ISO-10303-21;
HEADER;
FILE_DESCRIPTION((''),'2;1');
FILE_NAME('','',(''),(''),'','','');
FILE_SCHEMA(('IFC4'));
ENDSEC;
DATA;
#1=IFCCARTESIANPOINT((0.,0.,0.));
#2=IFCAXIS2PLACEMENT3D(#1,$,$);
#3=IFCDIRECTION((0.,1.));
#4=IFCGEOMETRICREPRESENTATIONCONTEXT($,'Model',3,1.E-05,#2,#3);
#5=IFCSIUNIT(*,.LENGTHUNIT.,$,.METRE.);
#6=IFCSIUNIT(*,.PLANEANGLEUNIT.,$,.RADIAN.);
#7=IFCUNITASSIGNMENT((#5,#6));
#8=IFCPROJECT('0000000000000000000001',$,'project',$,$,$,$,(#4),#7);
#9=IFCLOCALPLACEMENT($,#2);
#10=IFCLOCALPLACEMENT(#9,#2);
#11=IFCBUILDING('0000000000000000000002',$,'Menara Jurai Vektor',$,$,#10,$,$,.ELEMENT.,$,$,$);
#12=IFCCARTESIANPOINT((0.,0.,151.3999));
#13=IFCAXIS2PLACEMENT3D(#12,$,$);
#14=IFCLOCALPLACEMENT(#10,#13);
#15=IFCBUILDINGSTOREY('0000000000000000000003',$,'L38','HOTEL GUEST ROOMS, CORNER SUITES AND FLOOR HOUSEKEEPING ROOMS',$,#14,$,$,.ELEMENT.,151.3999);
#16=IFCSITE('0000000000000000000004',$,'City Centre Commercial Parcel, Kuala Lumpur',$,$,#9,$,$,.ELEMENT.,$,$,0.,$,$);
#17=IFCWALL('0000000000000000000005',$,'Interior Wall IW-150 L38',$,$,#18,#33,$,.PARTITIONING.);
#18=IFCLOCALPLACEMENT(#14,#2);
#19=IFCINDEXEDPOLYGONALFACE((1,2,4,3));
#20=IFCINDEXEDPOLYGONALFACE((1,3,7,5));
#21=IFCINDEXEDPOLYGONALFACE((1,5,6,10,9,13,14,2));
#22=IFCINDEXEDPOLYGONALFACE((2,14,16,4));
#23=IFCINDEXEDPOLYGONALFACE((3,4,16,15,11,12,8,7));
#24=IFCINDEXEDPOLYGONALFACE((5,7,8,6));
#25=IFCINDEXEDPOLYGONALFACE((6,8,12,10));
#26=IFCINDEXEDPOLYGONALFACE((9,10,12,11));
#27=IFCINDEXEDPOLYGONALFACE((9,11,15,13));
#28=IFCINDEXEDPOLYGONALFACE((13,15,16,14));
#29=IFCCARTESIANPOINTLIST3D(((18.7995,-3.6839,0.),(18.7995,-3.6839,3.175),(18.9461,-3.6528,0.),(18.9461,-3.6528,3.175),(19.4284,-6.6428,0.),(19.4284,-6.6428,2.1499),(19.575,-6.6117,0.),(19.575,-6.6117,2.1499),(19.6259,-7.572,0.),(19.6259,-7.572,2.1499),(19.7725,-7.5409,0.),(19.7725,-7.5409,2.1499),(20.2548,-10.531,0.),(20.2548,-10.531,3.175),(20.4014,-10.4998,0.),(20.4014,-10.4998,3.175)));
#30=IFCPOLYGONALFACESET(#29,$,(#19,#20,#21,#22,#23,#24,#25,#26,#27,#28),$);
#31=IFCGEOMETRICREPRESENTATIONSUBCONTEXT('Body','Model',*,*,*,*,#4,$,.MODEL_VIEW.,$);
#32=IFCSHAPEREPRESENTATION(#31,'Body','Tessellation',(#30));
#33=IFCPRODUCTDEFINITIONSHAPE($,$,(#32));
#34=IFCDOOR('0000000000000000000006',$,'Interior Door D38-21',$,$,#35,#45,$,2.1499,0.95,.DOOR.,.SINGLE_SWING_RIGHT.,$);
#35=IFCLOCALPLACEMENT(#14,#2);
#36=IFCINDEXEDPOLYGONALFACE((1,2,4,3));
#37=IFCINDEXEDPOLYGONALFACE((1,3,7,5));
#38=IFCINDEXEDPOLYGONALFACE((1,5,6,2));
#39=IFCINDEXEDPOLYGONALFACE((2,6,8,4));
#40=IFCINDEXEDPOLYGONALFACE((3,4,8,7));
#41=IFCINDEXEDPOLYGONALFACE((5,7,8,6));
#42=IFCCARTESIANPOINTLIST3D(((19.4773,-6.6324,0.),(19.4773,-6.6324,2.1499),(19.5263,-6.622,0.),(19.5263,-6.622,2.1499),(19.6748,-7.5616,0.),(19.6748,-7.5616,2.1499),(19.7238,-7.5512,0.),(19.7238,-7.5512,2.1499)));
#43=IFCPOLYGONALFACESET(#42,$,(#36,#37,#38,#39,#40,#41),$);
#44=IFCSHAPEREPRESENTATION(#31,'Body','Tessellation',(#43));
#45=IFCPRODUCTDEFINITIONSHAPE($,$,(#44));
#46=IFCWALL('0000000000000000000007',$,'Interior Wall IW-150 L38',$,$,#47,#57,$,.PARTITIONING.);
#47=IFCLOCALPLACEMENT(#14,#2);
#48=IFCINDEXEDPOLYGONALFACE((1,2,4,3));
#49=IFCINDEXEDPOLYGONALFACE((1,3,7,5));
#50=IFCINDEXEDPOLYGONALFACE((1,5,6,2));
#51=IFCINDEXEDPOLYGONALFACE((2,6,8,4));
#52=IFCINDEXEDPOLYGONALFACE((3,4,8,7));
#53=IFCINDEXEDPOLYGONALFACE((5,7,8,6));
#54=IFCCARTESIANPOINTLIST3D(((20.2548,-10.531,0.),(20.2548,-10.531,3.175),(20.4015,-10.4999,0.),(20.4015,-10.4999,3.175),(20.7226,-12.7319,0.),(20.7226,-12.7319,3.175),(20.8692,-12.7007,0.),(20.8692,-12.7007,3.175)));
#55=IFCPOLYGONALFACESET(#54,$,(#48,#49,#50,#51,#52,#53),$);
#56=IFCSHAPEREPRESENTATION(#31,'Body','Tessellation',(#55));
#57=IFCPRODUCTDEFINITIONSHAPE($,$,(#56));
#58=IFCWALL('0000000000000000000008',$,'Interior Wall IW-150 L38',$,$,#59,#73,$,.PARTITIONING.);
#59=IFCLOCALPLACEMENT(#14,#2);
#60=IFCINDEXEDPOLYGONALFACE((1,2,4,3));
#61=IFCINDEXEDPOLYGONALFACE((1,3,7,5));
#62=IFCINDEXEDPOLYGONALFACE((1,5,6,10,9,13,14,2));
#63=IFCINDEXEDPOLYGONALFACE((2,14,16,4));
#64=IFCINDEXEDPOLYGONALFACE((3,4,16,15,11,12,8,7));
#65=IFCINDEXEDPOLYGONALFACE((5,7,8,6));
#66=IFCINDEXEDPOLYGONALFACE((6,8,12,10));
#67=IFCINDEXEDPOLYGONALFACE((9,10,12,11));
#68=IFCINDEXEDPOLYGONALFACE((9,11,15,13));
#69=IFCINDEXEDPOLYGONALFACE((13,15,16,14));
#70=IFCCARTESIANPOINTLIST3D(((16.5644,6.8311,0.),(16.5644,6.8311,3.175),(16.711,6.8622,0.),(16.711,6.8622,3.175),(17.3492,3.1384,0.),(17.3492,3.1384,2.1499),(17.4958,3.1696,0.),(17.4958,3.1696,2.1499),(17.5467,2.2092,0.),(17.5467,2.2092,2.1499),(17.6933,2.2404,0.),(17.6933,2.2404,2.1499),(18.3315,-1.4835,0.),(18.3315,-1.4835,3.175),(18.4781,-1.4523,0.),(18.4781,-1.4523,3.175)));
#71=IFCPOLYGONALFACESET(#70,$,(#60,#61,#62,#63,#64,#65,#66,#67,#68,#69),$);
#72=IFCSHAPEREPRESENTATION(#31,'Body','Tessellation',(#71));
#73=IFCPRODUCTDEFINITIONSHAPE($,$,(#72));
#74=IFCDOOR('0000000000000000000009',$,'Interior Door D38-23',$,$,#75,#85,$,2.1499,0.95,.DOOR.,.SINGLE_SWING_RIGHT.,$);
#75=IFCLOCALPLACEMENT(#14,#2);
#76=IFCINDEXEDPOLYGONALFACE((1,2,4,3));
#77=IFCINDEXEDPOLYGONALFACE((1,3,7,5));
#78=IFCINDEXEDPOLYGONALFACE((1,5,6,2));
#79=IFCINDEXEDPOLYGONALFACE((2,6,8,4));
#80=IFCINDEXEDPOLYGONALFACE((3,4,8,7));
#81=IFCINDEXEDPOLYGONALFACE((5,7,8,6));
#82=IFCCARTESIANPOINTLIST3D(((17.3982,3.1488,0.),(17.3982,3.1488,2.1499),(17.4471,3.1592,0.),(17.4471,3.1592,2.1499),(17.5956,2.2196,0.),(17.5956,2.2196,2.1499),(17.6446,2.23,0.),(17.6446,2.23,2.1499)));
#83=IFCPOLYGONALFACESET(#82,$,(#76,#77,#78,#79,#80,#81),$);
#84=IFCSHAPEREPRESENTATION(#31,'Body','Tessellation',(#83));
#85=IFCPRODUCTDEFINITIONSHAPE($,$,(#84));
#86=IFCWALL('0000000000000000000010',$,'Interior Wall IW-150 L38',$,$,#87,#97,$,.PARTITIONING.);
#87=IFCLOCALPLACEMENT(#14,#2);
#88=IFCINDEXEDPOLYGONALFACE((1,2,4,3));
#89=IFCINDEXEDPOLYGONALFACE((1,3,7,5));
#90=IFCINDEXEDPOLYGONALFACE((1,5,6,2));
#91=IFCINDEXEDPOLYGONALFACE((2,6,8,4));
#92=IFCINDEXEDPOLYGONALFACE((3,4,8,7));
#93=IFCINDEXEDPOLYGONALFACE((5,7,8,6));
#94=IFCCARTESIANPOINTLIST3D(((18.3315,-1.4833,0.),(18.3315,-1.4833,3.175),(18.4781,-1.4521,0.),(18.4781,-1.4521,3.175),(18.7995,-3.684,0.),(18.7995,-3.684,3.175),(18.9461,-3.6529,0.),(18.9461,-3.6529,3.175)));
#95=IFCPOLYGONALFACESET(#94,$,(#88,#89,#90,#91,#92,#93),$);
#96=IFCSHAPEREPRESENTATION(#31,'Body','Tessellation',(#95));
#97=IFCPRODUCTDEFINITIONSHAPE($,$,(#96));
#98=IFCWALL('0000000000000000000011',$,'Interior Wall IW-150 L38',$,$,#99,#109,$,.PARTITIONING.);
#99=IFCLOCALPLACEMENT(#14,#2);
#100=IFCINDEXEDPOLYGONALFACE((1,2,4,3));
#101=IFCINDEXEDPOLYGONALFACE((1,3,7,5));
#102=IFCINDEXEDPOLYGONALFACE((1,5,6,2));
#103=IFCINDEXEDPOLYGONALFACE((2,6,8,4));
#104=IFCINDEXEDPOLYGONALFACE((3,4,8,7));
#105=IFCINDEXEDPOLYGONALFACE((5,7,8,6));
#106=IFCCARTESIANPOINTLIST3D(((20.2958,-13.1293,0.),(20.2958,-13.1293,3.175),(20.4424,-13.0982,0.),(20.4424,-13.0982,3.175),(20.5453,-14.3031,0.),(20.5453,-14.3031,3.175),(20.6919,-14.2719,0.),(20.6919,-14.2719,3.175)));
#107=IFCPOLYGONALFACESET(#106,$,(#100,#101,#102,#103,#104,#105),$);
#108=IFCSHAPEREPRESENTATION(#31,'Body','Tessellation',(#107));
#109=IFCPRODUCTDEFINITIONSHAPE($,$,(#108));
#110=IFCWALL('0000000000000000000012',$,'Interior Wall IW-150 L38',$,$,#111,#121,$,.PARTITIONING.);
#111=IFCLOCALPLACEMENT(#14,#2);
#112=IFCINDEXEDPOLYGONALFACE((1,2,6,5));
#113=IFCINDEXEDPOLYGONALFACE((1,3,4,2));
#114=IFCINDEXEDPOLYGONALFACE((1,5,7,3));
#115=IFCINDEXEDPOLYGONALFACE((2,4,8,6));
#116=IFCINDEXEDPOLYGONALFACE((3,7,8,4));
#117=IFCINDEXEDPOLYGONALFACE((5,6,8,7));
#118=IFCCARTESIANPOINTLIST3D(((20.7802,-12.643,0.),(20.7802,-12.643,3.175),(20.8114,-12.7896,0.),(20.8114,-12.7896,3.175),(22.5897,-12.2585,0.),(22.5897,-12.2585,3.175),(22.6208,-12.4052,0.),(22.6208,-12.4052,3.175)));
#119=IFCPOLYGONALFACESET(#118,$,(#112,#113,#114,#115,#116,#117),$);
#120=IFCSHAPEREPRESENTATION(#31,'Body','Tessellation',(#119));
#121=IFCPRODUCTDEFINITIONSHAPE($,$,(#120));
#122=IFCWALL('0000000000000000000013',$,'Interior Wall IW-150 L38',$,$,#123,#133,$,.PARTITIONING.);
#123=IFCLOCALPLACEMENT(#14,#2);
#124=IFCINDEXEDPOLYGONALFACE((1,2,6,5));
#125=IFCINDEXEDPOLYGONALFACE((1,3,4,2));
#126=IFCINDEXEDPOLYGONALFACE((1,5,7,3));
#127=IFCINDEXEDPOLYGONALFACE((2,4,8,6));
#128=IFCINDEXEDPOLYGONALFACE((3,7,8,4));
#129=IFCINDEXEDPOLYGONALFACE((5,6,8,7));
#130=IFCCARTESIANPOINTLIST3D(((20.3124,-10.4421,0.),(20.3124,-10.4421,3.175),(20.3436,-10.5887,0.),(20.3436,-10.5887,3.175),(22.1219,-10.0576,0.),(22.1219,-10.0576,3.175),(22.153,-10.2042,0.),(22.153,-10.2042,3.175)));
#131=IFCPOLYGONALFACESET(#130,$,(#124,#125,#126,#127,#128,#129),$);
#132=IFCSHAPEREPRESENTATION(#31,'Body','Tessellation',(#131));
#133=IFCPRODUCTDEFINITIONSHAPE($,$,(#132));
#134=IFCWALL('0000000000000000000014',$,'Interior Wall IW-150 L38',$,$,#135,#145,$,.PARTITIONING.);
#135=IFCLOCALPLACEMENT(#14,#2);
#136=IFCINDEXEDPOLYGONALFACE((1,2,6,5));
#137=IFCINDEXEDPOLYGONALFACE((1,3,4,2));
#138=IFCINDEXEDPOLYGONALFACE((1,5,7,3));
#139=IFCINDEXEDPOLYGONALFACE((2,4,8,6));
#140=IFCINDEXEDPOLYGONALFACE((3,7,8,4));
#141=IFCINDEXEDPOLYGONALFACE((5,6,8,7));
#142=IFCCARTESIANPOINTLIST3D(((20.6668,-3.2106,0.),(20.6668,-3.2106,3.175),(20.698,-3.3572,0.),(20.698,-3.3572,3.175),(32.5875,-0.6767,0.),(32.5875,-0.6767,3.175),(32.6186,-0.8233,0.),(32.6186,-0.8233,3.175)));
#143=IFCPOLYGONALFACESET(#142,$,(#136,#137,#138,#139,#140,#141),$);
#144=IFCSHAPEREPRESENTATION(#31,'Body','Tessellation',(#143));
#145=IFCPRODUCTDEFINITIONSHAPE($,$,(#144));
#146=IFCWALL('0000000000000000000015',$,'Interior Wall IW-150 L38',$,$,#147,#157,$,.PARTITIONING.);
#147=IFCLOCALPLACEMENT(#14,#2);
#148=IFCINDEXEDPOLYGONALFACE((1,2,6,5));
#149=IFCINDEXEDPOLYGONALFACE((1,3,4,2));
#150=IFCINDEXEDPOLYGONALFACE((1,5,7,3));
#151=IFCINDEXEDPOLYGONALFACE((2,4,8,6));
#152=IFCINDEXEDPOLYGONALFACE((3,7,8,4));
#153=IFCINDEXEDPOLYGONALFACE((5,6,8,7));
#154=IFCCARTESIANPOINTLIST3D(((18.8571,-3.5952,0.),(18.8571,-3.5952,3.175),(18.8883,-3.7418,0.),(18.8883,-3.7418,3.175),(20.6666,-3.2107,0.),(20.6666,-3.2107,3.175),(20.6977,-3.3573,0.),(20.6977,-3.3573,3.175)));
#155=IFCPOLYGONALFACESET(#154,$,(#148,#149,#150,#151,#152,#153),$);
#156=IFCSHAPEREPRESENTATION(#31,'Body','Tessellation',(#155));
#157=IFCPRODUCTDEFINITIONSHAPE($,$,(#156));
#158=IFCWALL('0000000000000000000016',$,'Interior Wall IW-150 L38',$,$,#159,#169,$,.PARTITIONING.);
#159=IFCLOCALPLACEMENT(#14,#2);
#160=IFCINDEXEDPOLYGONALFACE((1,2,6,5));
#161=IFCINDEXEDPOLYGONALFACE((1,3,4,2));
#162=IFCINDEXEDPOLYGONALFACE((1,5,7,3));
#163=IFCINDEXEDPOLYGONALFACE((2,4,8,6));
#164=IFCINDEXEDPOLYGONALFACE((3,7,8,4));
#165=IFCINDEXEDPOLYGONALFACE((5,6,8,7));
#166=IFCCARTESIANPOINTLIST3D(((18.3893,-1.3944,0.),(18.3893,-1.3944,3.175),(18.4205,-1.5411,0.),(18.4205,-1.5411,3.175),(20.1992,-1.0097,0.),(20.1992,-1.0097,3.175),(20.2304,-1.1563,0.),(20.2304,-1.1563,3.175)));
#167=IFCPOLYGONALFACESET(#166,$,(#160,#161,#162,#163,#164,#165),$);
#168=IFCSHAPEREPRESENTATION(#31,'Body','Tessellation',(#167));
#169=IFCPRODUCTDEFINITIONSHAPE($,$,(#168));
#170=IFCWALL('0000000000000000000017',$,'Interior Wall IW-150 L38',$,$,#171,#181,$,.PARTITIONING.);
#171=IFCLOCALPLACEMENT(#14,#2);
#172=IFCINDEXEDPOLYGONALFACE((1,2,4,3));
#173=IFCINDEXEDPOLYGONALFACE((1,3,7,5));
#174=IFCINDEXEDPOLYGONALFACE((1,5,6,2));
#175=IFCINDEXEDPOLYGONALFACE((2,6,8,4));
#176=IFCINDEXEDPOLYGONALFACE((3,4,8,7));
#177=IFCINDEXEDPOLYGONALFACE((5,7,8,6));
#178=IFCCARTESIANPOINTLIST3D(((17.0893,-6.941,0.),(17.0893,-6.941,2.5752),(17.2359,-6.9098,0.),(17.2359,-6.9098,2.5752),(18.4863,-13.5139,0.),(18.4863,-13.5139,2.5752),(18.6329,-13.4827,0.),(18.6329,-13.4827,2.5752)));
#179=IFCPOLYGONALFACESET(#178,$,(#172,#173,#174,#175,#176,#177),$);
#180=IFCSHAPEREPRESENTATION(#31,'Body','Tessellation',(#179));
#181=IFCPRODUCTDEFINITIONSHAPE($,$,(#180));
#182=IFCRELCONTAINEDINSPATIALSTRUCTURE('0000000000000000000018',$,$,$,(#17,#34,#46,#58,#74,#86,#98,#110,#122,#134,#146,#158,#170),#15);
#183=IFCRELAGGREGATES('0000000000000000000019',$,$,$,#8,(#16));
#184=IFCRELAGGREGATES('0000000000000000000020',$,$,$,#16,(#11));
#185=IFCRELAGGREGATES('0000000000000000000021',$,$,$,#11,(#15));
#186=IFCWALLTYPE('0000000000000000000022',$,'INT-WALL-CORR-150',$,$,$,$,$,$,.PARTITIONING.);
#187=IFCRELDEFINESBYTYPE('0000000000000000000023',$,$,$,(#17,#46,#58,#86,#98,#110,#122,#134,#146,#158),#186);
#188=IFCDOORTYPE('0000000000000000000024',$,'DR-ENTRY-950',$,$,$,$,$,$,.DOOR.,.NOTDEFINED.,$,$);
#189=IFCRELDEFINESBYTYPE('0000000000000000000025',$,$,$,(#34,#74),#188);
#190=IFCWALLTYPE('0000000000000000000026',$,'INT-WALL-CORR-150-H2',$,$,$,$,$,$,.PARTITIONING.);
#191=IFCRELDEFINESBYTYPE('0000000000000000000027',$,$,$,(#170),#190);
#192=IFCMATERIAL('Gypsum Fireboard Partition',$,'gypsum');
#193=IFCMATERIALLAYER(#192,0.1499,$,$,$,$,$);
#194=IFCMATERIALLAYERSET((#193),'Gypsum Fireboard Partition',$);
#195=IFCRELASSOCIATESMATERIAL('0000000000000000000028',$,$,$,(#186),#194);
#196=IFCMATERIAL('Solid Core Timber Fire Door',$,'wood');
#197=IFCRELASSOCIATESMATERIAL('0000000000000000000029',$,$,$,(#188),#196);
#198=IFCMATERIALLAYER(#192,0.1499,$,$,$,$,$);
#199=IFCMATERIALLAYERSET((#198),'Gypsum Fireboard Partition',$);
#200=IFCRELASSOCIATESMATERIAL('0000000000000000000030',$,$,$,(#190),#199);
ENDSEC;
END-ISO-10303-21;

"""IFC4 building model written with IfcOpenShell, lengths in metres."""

from ifc_helpers import new_model, si_unit, direction, frame, frame_2d, origin, place, context, subcontext, project, spatial, rectangle, extrude, material, layer, layer_set, type_object, element, fill, save


model = new_model("IFC4")

# Units and contexts
model_context = context("Model", 3, precision=1e-05, world=origin(), true_north=direction((0.0, 1.0)))
body_context = subcontext(model_context, "Body", "Model", "MODEL_VIEW")
ifc_project = project(units=[si_unit("LENGTHUNIT", "METRE"), si_unit("PLANEANGLEUNIT", "RADIAN")], contexts=[model_context])

# Site, building, storey
site_placement = place(None, origin())
site = spatial("IfcSite", under=ifc_project, at=site_placement, Name="City Centre Commercial Parcel, Kuala Lumpur", CompositionType="ELEMENT", RefElevation=0.0)
building_placement = place(site_placement, origin())
building = spatial("IfcBuilding", under=site, at=building_placement, Name="Menara Jurai Vektor", CompositionType="ELEMENT")
storey_placement = place(building_placement, frame((0.0, 0.0, 151.3999)))
storey = spatial("IfcBuildingStorey", under=building, at=storey_placement, Name="L38", Description="HOTEL GUEST ROOMS, CORNER SUITES AND FLOOR HOUSEKEEPING ROOMS", CompositionType="ELEMENT", Elevation=151.3999)

# Shared definitions
ifc_material_1 = material(Name="Gypsum Fireboard Partition", Category="gypsum")
ifc_layer_1 = layer(ifc_material_1, 0.1499)
ifc_layer_set_1 = layer_set([ifc_layer_1], Name="Gypsum Fireboard Partition")
wall_type_1 = type_object("IfcWallType", Name="INT-WALL-CORR-150", PredefinedType="PARTITIONING", material=ifc_layer_set_1)

# Wall, opening, door
wall_1_placement = place(storey_placement, frame((20.3281, -10.5154, 0.0), z_axis=(0.0, 0.0, 1.0), x_axis=(-0.207907, 0.978149, 0.0)))
wall_1 = element("IfcWall", 1, at=wall_1_placement, inside=storey, type_object=wall_type_1, Name="Interior Wall IW-150 L38", PredefinedType="PARTITIONING", context=body_context, shape_type="SweptSolid", body=[
    extrude(rectangle(XDim=7.0, YDim=0.1499, at=frame_2d((3.5, 0.0))), origin(), (0.0, 0.0, 1.0), 3.175),
])
opening_1_placement = place(wall_1_placement, frame((3.0249, 0.0, 0.0)))
opening_1 = element("IfcOpeningElement", 2, at=opening_1_placement, cuts=wall_1, PredefinedType="OPENING", context=body_context, shape_type="SweptSolid", body=[
    extrude(rectangle(XDim=0.95, YDim=2.1499, at=frame_2d((0.4751, 1.075))), frame((0.0, 0.085, 0.0), z_axis=(0.0, -1.0, 0.0), x_axis=(1.0, 0.0, 0.0)), (0.0, 0.0, 1.0), 0.1699),
])
ifc_material_2 = material(Name="Solid Core Timber Fire Door", Category="wood")
door_type_1 = type_object("IfcDoorType", Name="DR-ENTRY-950", OperationType="NOTDEFINED", PredefinedType="DOOR", material=ifc_material_2)
door_1_placement = place(opening_1_placement, origin())
door_1 = element("IfcDoor", 3, at=door_1_placement, inside=storey, type_object=door_type_1, Name="Interior Door D38-21", OperationType="SINGLE_SWING_RIGHT", OverallHeight=2.1499, OverallWidth=0.95, PredefinedType="DOOR", context=body_context, shape_type="SweptSolid", body=[
    extrude(rectangle(XDim=0.95, YDim=2.1499, at=frame_2d((0.4751, 1.075))), frame((0.0, 0.0249, 0.0), z_axis=(0.0, -1.0, 0.0), x_axis=(1.0, 0.0, 0.0)), (0.0, 0.0, 1.0), 0.05),
])
fill(opening_1, door_1)

# Wall
wall_2_placement = place(storey_placement, frame((20.7959, -12.7163, 0.0), z_axis=(0.0, 0.0, 1.0), x_axis=(-0.207891, 0.978152, 0.0)))
element("IfcWall", 4, at=wall_2_placement, inside=storey, type_object=wall_type_1, Name="Interior Wall IW-150 L38", PredefinedType="PARTITIONING", context=body_context, shape_type="SweptSolid", body=[
    extrude(rectangle(XDim=2.25, YDim=0.1499, at=frame_2d((1.125, 0.0))), origin(), (0.0, 0.0, 1.0), 3.175),
])

# Wall, opening, door
wall_3_placement = place(storey_placement, frame((18.4048, -1.4678, 0.0), z_axis=(0.0, 0.0, 1.0), x_axis=(-0.207889, 0.978152, 0.0)))
wall_3 = element("IfcWall", 5, at=wall_3_placement, inside=storey, type_object=wall_type_1, Name="Interior Wall IW-150 L38", PredefinedType="PARTITIONING", context=body_context, shape_type="SweptSolid", body=[
    extrude(rectangle(XDim=8.5002, YDim=0.1499, at=frame_2d((4.25, 0.0))), origin(), (0.0, 0.0, 1.0), 3.175),
])
opening_2_placement = place(wall_3_placement, frame((3.7749, 0.0, 0.0)))
opening_2 = element("IfcOpeningElement", 6, at=opening_2_placement, cuts=wall_3, PredefinedType="OPENING", context=body_context, shape_type="SweptSolid", body=[
    extrude(rectangle(XDim=0.95, YDim=2.1499, at=frame_2d((0.4751, 1.075))), frame((0.0, 0.085, 0.0), z_axis=(0.0, -1.0, 0.0), x_axis=(1.0, 0.0, 0.0)), (0.0, 0.0, 1.0), 0.1699),
])
door_2_placement = place(opening_2_placement, origin())
door_2 = element("IfcDoor", 7, at=door_2_placement, inside=storey, type_object=door_type_1, Name="Interior Door D38-23", OperationType="SINGLE_SWING_RIGHT", OverallHeight=2.1499, OverallWidth=0.95, PredefinedType="DOOR", context=body_context, shape_type="SweptSolid", body=[
    extrude(rectangle(XDim=0.95, YDim=2.1499, at=frame_2d((0.4751, 1.075))), frame((0.0, 0.0249, 0.0), z_axis=(0.0, -1.0, 0.0), x_axis=(1.0, 0.0, 0.0)), (0.0, 0.0, 1.0), 0.05),
])
fill(opening_2, door_2)

# Walls
wall_4_placement = place(storey_placement, frame((18.8728, -3.6685, 0.0), z_axis=(0.0, 0.0, 1.0), x_axis=(-0.208017, 0.978125, 0.0)))
element("IfcWall", 8, at=wall_4_placement, inside=storey, type_object=wall_type_1, Name="Interior Wall IW-150 L38", PredefinedType="PARTITIONING", context=body_context, shape_type="SweptSolid", body=[
    extrude(rectangle(XDim=2.25, YDim=0.1499, at=frame_2d((1.125, 0.0))), origin(), (0.0, 0.0, 1.0), 3.175),
])
wall_5_placement = place(storey_placement, frame((20.6187, -14.2876, 0.0), z_axis=(0.0, 0.0, 1.0), x_axis=(-0.207917, 0.978146, 0.0)))
element("IfcWall", 9, at=wall_5_placement, inside=storey, type_object=wall_type_1, Name="Interior Wall IW-150 L38", PredefinedType="PARTITIONING", context=body_context, shape_type="SweptSolid", body=[
    extrude(rectangle(XDim=1.2, YDim=0.1499, at=frame_2d((0.6001, 0.0))), origin(), (0.0, 0.0, 1.0), 3.175),
])
for number, where, z_axis, x_axis, name in (
    (10, (20.7959, -12.7163, 0.0), (0.0, 0.0, 1.0), (0.97816, 0.207852, 0.0), "Interior Wall IW-150 L38"),
    (11, (20.3281, -10.5154, 0.0), (0.0, 0.0, 1.0), (0.97816, 0.207852, 0.0), "Interior Wall IW-150 L38"),
):
    element("IfcWall", number, at=place(storey_placement, frame(where, z_axis=z_axis, x_axis=x_axis)), inside=storey, type_object=wall_type_1, Name=name, PredefinedType="PARTITIONING", context=body_context, shape_type="SweptSolid", body=[
        extrude(rectangle(XDim=1.8499, YDim=0.1499, at=frame_2d((0.9248, 0.0))), origin(), (0.0, 0.0, 1.0), 3.175),
    ])

# Walls
wall_6_placement = place(storey_placement, frame((20.6824, -3.2839, 0.0), z_axis=(0.0, 0.0, 1.0), x_axis=(0.978146, 0.207921, 0.0)))
element("IfcWall", 12, at=wall_6_placement, inside=storey, type_object=wall_type_1, Name="Interior Wall IW-150 L38", PredefinedType="PARTITIONING", context=body_context, shape_type="SweptSolid", body=[
    extrude(rectangle(XDim=12.187, YDim=0.1499, at=frame_2d((6.0935, 0.0))), origin(), (0.0, 0.0, 1.0), 3.175),
])
wall_7_placement = place(storey_placement, frame((18.8728, -3.6685, 0.0), z_axis=(0.0, 0.0, 1.0), x_axis=(0.97816, 0.207852, 0.0)))
element("IfcWall", 13, at=wall_7_placement, inside=storey, type_object=wall_type_1, Name="Interior Wall IW-150 L38", PredefinedType="PARTITIONING", context=body_context, shape_type="SweptSolid", body=[
    extrude(rectangle(XDim=1.8499, YDim=0.1499, at=frame_2d((0.9248, 0.0))), origin(), (0.0, 0.0, 1.0), 3.175),
])
wall_8_placement = place(storey_placement, frame((18.4048, -1.4678, 0.0), z_axis=(0.0, 0.0, 1.0), x_axis=(0.978139, 0.207952, 0.0)))
element("IfcWall", 14, at=wall_8_placement, inside=storey, type_object=wall_type_1, Name="Interior Wall IW-150 L38", PredefinedType="PARTITIONING", context=body_context, shape_type="SweptSolid", body=[
    extrude(rectangle(XDim=1.8503, YDim=0.1499, at=frame_2d((0.9253, 0.0))), origin(), (0.0, 0.0, 1.0), 3.175),
])

# Wall
ifc_layer_2 = layer(ifc_material_1, 0.1499)
ifc_layer_set_2 = layer_set([ifc_layer_2], Name="Gypsum Fireboard Partition")
wall_type_2 = type_object("IfcWallType", Name="INT-WALL-CORR-150-H2", PredefinedType="PARTITIONING", material=ifc_layer_set_2)
wall_9_placement = place(storey_placement, frame((18.5596, -13.4983, 0.0), z_axis=(0.0, 0.0, 1.0), x_axis=(-0.207889, 0.978152, 0.0)))
element("IfcWall", 15, at=wall_9_placement, inside=storey, type_object=wall_type_2, Name="Interior Wall IW-150 L38", PredefinedType="PARTITIONING", context=body_context, shape_type="SweptSolid", body=[
    extrude(rectangle(XDim=6.7197, YDim=0.1499, at=frame_2d((3.3599, 0.0))), origin(), (0.0, 0.0, 1.0), 2.5752),
])

save(model, "model.ifc")
